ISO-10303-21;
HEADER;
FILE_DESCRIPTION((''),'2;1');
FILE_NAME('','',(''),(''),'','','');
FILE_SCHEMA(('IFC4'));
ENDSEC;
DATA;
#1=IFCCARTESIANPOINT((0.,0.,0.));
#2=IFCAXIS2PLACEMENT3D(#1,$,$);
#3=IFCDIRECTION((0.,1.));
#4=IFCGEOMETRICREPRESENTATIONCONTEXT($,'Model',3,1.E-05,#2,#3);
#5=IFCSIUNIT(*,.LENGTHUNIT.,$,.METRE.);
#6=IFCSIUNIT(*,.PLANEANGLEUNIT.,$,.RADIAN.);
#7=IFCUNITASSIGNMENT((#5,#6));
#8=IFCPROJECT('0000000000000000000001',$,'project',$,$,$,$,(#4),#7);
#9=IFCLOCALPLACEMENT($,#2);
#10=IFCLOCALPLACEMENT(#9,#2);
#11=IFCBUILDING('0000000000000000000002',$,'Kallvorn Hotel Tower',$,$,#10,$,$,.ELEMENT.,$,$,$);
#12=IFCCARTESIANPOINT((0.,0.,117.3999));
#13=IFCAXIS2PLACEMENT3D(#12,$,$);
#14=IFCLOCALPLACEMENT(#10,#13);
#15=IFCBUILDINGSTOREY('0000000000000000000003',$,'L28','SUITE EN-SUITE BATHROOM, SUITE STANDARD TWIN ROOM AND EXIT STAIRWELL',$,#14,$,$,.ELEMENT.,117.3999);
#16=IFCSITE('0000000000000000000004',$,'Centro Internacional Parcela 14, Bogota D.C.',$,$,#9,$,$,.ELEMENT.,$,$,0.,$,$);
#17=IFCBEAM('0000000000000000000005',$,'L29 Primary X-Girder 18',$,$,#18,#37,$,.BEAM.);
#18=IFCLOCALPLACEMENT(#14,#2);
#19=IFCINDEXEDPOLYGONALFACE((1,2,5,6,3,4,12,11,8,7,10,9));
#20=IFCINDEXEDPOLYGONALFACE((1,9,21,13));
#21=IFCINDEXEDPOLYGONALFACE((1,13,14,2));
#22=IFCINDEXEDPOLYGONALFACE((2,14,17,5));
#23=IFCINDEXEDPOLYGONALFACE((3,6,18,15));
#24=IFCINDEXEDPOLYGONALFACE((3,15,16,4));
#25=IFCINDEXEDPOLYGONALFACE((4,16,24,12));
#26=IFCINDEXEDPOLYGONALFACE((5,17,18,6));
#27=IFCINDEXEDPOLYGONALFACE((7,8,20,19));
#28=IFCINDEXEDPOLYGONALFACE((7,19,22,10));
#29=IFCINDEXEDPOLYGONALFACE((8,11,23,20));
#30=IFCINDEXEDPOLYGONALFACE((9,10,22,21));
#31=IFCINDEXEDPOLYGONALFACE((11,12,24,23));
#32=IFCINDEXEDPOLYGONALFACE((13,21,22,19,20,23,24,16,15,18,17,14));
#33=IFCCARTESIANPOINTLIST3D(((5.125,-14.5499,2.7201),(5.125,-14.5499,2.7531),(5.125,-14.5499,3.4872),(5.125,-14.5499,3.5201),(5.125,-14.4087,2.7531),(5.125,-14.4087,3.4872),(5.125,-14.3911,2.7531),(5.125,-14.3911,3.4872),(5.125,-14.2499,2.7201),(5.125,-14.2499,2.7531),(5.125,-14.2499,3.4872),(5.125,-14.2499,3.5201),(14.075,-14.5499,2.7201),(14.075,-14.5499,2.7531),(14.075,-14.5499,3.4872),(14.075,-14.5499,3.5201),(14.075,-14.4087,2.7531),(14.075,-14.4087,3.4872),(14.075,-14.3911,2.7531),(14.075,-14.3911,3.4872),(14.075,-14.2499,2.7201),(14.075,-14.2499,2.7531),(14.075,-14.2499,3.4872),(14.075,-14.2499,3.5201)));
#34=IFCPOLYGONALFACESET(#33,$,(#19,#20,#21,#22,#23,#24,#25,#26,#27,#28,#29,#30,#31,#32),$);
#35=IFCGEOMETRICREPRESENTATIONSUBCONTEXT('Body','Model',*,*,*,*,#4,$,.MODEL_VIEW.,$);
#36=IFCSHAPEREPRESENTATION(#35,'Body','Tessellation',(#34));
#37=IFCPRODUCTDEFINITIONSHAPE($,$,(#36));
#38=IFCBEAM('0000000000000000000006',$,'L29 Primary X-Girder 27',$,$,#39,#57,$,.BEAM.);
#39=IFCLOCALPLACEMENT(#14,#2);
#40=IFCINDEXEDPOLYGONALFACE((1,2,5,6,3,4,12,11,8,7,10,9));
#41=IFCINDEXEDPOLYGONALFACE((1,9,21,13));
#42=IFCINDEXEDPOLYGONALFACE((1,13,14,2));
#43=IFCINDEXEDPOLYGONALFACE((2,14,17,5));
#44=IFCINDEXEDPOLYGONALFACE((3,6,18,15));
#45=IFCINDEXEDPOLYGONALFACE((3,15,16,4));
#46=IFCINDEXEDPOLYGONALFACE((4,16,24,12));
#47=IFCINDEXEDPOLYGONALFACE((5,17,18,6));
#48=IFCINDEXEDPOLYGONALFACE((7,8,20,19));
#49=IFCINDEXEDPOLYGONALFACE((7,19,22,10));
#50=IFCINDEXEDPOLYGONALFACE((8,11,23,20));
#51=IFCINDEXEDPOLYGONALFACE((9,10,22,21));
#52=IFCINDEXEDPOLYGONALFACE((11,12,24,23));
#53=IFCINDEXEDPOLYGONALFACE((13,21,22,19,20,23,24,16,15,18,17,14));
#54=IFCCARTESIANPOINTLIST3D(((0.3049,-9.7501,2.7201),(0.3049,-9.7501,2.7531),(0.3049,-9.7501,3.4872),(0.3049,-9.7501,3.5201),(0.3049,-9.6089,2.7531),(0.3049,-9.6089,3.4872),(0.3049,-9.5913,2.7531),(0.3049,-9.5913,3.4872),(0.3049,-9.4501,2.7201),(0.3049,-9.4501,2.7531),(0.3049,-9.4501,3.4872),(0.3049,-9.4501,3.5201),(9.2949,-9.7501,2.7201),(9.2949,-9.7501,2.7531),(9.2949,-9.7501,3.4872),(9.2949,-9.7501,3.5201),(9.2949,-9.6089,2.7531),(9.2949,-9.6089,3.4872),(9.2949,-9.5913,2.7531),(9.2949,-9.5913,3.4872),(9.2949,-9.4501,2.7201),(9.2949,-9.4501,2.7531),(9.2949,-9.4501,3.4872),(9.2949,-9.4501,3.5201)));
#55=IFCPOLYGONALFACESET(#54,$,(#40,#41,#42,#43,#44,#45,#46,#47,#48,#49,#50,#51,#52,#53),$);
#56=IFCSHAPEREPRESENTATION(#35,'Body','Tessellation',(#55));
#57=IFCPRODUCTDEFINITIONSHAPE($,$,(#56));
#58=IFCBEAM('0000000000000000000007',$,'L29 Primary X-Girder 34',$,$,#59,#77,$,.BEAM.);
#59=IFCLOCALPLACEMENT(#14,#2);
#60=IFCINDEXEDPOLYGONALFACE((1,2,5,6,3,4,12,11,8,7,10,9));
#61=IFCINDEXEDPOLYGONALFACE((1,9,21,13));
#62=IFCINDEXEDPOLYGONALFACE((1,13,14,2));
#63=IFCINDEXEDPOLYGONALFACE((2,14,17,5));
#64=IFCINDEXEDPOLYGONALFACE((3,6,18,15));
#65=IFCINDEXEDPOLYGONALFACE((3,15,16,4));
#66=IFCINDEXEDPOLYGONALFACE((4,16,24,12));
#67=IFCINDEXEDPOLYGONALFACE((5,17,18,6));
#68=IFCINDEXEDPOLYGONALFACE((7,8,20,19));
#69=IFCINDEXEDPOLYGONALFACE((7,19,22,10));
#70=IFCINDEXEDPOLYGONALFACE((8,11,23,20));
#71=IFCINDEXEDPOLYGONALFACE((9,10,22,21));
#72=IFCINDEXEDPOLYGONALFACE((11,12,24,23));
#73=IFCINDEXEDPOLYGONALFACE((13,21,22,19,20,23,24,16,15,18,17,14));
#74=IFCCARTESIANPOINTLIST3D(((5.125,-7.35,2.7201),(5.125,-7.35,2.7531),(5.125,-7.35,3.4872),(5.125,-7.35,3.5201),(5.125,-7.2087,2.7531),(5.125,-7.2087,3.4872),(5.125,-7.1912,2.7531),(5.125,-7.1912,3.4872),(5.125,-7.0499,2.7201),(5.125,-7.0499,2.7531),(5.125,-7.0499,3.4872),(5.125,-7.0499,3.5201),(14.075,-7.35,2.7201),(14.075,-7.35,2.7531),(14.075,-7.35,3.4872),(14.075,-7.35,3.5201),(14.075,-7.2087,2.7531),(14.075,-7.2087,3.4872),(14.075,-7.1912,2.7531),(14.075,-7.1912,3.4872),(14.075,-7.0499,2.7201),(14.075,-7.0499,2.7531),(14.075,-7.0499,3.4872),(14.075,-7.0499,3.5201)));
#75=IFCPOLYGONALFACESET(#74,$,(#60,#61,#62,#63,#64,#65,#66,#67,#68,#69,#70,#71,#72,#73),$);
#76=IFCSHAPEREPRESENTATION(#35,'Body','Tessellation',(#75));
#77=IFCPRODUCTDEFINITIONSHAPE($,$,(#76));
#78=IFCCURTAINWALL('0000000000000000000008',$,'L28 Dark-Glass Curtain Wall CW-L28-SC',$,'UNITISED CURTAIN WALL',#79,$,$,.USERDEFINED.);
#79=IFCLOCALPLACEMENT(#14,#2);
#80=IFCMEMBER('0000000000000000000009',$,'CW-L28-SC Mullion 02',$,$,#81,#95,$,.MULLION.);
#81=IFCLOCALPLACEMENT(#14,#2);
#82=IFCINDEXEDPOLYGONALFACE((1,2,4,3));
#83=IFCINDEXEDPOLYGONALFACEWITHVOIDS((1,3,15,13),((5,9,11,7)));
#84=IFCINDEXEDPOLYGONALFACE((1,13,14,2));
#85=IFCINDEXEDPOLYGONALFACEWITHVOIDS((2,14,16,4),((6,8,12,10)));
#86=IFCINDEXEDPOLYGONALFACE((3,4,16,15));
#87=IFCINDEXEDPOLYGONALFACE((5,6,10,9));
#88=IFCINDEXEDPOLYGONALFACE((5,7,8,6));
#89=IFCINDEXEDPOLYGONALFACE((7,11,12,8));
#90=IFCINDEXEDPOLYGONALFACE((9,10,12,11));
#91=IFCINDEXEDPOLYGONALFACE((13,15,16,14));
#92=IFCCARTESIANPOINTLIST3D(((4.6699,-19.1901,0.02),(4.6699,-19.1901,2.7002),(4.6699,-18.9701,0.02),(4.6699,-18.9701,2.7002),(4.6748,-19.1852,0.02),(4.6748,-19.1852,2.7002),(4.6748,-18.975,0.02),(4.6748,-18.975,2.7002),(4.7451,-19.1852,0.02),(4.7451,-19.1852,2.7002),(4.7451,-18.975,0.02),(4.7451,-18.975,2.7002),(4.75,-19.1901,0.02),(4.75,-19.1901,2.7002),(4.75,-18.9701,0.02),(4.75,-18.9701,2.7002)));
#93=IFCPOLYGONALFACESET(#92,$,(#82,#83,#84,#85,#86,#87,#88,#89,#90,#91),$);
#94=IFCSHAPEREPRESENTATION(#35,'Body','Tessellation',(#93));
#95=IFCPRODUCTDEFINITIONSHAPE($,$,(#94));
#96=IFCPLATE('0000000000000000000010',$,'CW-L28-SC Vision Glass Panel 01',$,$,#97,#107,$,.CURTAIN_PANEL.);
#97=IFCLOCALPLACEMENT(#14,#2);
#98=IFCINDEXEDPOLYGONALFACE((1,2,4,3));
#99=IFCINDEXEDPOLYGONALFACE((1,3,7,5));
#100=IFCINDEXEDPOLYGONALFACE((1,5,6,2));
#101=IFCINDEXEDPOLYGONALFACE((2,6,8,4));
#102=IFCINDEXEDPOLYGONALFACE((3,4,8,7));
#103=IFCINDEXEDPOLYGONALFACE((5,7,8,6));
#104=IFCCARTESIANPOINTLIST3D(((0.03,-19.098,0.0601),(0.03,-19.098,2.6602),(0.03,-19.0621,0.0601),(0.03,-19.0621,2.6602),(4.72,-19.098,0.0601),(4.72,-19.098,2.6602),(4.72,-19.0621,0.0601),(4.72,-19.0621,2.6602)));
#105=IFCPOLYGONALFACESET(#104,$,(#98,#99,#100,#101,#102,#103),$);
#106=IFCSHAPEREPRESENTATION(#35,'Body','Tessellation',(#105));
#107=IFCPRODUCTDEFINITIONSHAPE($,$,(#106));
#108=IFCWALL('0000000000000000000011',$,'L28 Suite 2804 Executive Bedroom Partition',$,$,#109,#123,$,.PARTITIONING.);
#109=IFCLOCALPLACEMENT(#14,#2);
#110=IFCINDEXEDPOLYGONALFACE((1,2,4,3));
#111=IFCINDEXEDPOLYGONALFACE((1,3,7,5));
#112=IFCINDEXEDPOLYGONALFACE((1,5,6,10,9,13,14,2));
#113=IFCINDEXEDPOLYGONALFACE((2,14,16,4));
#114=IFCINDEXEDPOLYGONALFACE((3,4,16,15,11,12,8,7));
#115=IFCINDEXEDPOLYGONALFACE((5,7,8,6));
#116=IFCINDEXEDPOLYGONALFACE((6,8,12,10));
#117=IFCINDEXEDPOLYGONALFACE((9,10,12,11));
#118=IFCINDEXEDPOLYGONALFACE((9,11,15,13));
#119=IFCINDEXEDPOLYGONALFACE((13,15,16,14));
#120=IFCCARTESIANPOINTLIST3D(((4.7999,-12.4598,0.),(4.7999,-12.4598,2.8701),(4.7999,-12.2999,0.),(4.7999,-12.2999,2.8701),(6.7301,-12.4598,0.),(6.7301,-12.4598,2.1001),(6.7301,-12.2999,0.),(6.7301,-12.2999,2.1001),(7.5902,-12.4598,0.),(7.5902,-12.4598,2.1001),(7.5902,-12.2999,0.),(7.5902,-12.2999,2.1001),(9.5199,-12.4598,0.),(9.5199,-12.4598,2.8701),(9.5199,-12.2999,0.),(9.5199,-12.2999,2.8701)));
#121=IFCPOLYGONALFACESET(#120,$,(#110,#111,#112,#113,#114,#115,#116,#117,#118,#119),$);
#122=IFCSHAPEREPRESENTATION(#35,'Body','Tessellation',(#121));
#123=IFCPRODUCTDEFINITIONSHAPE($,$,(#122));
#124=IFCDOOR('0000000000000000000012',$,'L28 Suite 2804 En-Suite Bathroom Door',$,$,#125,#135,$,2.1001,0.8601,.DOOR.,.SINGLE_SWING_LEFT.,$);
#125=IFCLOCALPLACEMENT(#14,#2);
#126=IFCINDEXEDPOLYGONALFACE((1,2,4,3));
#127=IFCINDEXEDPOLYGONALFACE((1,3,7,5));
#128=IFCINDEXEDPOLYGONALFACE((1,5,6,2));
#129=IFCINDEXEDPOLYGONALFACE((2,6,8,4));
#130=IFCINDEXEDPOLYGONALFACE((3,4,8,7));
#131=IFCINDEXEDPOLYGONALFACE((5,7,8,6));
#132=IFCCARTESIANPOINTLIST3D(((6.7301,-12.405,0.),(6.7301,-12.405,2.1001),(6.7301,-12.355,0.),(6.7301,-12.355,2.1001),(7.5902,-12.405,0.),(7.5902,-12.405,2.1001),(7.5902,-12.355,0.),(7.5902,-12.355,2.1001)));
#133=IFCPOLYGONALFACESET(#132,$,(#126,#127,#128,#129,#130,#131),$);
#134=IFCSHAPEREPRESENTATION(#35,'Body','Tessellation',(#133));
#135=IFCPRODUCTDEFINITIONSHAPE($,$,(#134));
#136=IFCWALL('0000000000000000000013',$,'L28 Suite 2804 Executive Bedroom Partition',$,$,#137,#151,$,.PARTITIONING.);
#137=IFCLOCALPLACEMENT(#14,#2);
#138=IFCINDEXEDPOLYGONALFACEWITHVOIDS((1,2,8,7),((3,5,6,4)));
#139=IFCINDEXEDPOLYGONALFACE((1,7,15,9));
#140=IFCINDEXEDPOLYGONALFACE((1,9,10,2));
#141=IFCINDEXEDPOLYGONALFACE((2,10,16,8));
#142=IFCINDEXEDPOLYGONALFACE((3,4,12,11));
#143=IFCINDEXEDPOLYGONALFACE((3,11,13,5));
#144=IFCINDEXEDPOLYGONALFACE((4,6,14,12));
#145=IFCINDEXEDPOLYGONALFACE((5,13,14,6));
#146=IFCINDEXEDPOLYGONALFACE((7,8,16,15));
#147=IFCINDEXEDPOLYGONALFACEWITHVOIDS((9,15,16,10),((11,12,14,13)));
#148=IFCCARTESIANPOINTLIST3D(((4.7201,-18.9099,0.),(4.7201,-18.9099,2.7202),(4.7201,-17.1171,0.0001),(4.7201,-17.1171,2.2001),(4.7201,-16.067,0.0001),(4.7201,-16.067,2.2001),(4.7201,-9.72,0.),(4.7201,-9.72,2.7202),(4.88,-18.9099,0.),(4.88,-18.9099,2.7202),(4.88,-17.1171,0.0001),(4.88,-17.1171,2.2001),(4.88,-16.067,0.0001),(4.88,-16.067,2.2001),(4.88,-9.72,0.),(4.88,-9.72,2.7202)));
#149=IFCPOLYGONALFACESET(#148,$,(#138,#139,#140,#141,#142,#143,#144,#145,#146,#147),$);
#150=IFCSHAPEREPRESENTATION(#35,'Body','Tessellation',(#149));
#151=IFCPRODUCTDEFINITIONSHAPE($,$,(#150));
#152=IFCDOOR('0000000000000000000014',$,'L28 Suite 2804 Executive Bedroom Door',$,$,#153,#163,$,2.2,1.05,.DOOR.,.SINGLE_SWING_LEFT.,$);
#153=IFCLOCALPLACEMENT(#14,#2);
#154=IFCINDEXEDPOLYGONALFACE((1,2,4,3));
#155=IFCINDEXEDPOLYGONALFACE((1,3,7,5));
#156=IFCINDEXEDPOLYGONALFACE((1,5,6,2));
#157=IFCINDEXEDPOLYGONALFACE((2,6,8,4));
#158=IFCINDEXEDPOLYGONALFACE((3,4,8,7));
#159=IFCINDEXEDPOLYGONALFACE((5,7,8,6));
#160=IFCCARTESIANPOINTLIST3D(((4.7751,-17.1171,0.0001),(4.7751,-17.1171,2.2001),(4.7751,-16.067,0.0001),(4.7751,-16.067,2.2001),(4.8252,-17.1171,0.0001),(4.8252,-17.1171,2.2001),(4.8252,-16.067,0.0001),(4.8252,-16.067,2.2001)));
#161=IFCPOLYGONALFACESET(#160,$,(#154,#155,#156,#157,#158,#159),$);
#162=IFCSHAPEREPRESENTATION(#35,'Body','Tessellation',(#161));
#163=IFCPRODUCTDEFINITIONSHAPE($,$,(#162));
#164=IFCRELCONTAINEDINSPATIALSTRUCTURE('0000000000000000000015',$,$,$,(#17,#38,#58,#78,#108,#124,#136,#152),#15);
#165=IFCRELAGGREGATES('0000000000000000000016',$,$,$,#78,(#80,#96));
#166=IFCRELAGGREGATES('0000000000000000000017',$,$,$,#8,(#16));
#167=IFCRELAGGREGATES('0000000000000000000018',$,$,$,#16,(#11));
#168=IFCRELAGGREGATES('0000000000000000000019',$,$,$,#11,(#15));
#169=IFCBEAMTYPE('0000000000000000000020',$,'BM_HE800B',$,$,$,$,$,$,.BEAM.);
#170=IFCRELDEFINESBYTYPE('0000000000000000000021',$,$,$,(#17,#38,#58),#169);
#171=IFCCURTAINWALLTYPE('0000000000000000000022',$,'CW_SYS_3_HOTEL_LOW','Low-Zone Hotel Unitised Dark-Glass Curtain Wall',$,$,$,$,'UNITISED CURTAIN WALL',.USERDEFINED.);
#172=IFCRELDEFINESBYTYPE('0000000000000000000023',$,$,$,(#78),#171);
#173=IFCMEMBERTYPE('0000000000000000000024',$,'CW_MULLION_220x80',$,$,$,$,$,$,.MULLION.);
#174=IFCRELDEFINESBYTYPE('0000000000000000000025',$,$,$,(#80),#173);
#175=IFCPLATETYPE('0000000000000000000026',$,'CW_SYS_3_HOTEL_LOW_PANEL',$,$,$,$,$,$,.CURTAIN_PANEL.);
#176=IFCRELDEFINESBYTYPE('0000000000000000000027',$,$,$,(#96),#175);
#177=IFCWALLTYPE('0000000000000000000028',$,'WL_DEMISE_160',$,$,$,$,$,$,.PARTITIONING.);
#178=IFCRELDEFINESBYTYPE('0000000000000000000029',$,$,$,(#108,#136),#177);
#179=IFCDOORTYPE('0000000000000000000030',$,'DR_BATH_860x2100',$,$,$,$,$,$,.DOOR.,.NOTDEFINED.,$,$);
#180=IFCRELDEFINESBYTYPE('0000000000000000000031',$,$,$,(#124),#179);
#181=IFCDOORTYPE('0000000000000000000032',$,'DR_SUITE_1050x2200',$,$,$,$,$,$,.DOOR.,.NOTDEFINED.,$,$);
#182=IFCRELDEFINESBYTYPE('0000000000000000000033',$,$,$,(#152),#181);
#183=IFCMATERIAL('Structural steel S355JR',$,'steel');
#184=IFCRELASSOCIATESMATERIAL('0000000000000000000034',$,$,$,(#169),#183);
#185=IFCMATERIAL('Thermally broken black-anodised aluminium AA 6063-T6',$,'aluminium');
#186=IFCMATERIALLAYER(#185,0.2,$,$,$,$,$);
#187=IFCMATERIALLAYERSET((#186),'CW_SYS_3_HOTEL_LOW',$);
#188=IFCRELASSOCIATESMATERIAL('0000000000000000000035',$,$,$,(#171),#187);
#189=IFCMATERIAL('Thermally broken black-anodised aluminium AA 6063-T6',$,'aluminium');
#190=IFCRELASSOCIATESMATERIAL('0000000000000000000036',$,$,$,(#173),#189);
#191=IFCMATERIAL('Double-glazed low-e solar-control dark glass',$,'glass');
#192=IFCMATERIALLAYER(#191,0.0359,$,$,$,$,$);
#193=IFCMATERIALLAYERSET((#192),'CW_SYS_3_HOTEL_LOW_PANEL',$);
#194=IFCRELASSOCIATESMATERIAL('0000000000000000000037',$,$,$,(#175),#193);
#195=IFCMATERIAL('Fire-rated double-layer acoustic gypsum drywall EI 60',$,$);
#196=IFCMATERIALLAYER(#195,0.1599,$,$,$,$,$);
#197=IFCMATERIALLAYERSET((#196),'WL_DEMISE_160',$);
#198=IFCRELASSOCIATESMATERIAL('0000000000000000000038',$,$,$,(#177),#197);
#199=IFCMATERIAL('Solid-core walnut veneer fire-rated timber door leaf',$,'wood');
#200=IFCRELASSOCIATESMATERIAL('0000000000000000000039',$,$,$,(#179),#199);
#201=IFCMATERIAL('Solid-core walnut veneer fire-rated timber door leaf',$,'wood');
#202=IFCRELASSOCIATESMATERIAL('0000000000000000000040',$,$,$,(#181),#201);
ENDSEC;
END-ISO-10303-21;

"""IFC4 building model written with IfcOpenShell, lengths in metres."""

from ifc_helpers import new_model, si_unit, direction, frame, frame_2d, origin, origin_2d, place, context, subcontext, project, spatial, rectangle, hollow_rectangle, i_section, extrude, material, layer, layer_set, material_profile, profile_set, type_object, element, fill, aggregate, save


model = new_model("IFC4")

# Units and contexts
model_context = context("Model", 3, precision=1e-05, world=origin(), true_north=direction((0.0, 1.0)))
body_context = subcontext(model_context, "Body", "Model", "MODEL_VIEW")
ifc_project = project(units=[si_unit("LENGTHUNIT", "METRE"), si_unit("PLANEANGLEUNIT", "RADIAN")], contexts=[model_context])

# Site, building, storey
site_placement = place(None, origin())
site = spatial("IfcSite", under=ifc_project, at=site_placement, Name="Centro Internacional Parcela 14, Bogota D.C.", CompositionType="ELEMENT", RefElevation=0.0)
building_placement = place(site_placement, origin())
building = spatial("IfcBuilding", under=site, at=building_placement, Name="Kallvorn Hotel Tower", CompositionType="ELEMENT")
storey_placement = place(building_placement, frame((0.0, 0.0, 117.3999)))
storey = spatial("IfcBuildingStorey", under=building, at=storey_placement, Name="L28", Description="SUITE EN-SUITE BATHROOM, SUITE STANDARD TWIN ROOM AND EXIT STAIRWELL", CompositionType="ELEMENT", Elevation=117.3999)

# Beams
ifc_material_1 = material(Name="Structural steel S355JR", Category="steel")
ifc_material_profile_1 = material_profile(ifc_material_1, i_section(OverallWidth=0.3, OverallDepth=0.8, WebThickness=0.0176, FlangeThickness=0.033, at=origin_2d()), Name="HE 800 B")
ifc_profile_set_1 = profile_set([ifc_material_profile_1], Name="Structural steel S355JR")
beam_type_1 = type_object("IfcBeamType", Name="BM_HE800B", PredefinedType="BEAM", material=ifc_profile_set_1)
beam_1_placement = place(storey_placement, frame((5.125, -14.3999, 3.1201), z_axis=(1.0, 0.0, 0.0), x_axis=(0.0, 1.0, 0.0)))
element("IfcBeam", 1, at=beam_1_placement, inside=storey, type_object=beam_type_1, Name="L29 Primary X-Girder 18", PredefinedType="BEAM", context=body_context, shape_type="SweptSolid", body=[
    extrude(i_section(OverallWidth=0.3, OverallDepth=0.8, WebThickness=0.0176, FlangeThickness=0.033, at=origin_2d()), origin(), (0.0, 0.0, 1.0), 8.95),
])
beam_2_placement = place(storey_placement, frame((0.3049, -9.6001, 3.1201), z_axis=(1.0, 0.0, 0.0), x_axis=(0.0, 1.0, 0.0)))
element("IfcBeam", 2, at=beam_2_placement, inside=storey, type_object=beam_type_1, Name="L29 Primary X-Girder 27", PredefinedType="BEAM", context=body_context, shape_type="SweptSolid", body=[
    extrude(i_section(OverallWidth=0.3, OverallDepth=0.8, WebThickness=0.0176, FlangeThickness=0.033, at=origin_2d()), origin(), (0.0, 0.0, 1.0), 8.99),
])
beam_3_placement = place(storey_placement, frame((5.125, -7.2, 3.1201), z_axis=(1.0, 0.0, 0.0), x_axis=(0.0, 1.0, 0.0)))
element("IfcBeam", 3, at=beam_3_placement, inside=storey, type_object=beam_type_1, Name="L29 Primary X-Girder 34", PredefinedType="BEAM", context=body_context, shape_type="SweptSolid", body=[
    extrude(i_section(OverallWidth=0.3, OverallDepth=0.8, WebThickness=0.0176, FlangeThickness=0.033, at=origin_2d()), origin(), (0.0, 0.0, 1.0), 8.95),
])

# Curtain wall, member, plate
ifc_material_2 = material(Name="Thermally broken black-anodised aluminium AA 6063-T6", Category="aluminium")
ifc_layer_1 = layer(ifc_material_2, 0.2)
ifc_layer_set_1 = layer_set([ifc_layer_1], Name="CW_SYS_3_HOTEL_LOW")
curtain_wall_type = type_object("IfcCurtainWallType", Name="CW_SYS_3_HOTEL_LOW", Description="Low-Zone Hotel Unitised Dark-Glass Curtain Wall", ElementType="UNITISED CURTAIN WALL", PredefinedType="USERDEFINED", material=ifc_layer_set_1)
curtain_wall_placement = place(storey_placement, origin())
curtain_wall = element("IfcCurtainWall", 4, at=curtain_wall_placement, inside=storey, type_object=curtain_wall_type, Name="L28 Dark-Glass Curtain Wall CW-L28-SC", ObjectType="UNITISED CURTAIN WALL", PredefinedType="USERDEFINED")
ifc_material_3 = material(Name="Thermally broken black-anodised aluminium AA 6063-T6", Category="aluminium")
ifc_material_profile_2 = material_profile(ifc_material_3, hollow_rectangle(XDim=0.0801, YDim=0.22, WallThickness=0.0049, at=origin_2d()), Name="MUL 220x80")
ifc_profile_set_2 = profile_set([ifc_material_profile_2], Name="Thermally broken black-anodised aluminium AA 6063-T6")
member_type = type_object("IfcMemberType", Name="CW_MULLION_220x80", PredefinedType="MULLION", material=ifc_profile_set_2)
member_placement = place(storey_placement, frame((4.71, -19.0801, 0.02), z_axis=(0.0, 0.0, 1.0), x_axis=(1.0, 0.0, 0.0)))
member = element("IfcMember", 5, at=member_placement, type_object=member_type, Name="CW-L28-SC Mullion 02", PredefinedType="MULLION", context=body_context, shape_type="SweptSolid", body=[
    extrude(hollow_rectangle(XDim=0.0801, YDim=0.22, WallThickness=0.0049, at=origin_2d()), origin(), (0.0, 0.0, 1.0), 2.6802),
])
ifc_material_4 = material(Name="Double-glazed low-e solar-control dark glass", Category="glass")
ifc_layer_2 = layer(ifc_material_4, 0.0359)
ifc_layer_set_2 = layer_set([ifc_layer_2], Name="CW_SYS_3_HOTEL_LOW_PANEL")
plate_type = type_object("IfcPlateType", Name="CW_SYS_3_HOTEL_LOW_PANEL", PredefinedType="CURTAIN_PANEL", material=ifc_layer_set_2)
plate_placement = place(storey_placement, frame((2.375, -19.0801, 0.0601), z_axis=(0.0, 0.0, 1.0), x_axis=(1.0, 0.0, 0.0)))
plate = element("IfcPlate", 6, at=plate_placement, type_object=plate_type, Name="CW-L28-SC Vision Glass Panel 01", PredefinedType="CURTAIN_PANEL", context=body_context, shape_type="SweptSolid", body=[
    extrude(rectangle(XDim=4.6899, YDim=0.0359, at=origin_2d()), origin(), (0.0, 0.0, 1.0), 2.6001),
])
aggregate(curtain_wall, [member, plate])

# Walls, openings, doors
ifc_material_5 = material(Name="Fire-rated double-layer acoustic gypsum drywall EI 60")
ifc_layer_3 = layer(ifc_material_5, 0.1599)
ifc_layer_set_3 = layer_set([ifc_layer_3], Name="WL_DEMISE_160")
wall_type_1 = type_object("IfcWallType", Name="WL_DEMISE_160", PredefinedType="PARTITIONING", material=ifc_layer_set_3)
wall_1_placement = place(storey_placement, frame((4.8, -12.3799, 0.0), z_axis=(0.0, 0.0, 1.0), x_axis=(1.0, 0.0, 0.0)))
wall_1 = element("IfcWall", 7, at=wall_1_placement, inside=storey, type_object=wall_type_1, Name="L28 Suite 2804 Executive Bedroom Partition", PredefinedType="PARTITIONING", context=body_context, shape_type="SweptSolid", body=[
    extrude(rectangle(XDim=4.72, YDim=0.1599, at=frame_2d((2.3599, 0.0))), origin(), (0.0, 0.0, 1.0), 2.8701),
])
opening_1_placement = place(wall_1_placement, frame((1.9299, 0.0, 0.0)))
opening_1 = element("IfcOpeningElement", 8, at=opening_1_placement, cuts=wall_1, PredefinedType="OPENING", context=body_context, shape_type="SweptSolid", body=[
    extrude(rectangle(XDim=0.8601, YDim=2.1001, at=frame_2d((0.4302, 1.05))), frame((0.0, 0.095, 0.0), z_axis=(0.0, -1.0, 0.0), x_axis=(1.0, 0.0, 0.0)), (0.0, 0.0, 1.0), 0.1899),
])
ifc_material_6 = material(Name="Solid-core walnut veneer fire-rated timber door leaf", Category="wood")
door_type_1 = type_object("IfcDoorType", Name="DR_BATH_860x2100", OperationType="NOTDEFINED", PredefinedType="DOOR", material=ifc_material_6)
door_1_placement = place(opening_1_placement, origin())
door_1 = element("IfcDoor", 9, at=door_1_placement, inside=storey, type_object=door_type_1, Name="L28 Suite 2804 En-Suite Bathroom Door", OperationType="SINGLE_SWING_LEFT", OverallHeight=2.1001, OverallWidth=0.8601, PredefinedType="DOOR", context=body_context, shape_type="SweptSolid", body=[
    extrude(rectangle(XDim=0.8601, YDim=2.1001, at=frame_2d((0.4302, 1.05))), frame((0.0, 0.0249, 0.0), z_axis=(0.0, -1.0, 0.0), x_axis=(1.0, 0.0, 0.0)), (0.0, 0.0, 1.0), 0.05),
])
fill(opening_1, door_1)
wall_2_placement = place(storey_placement, frame((4.8, -18.9099, 0.0), z_axis=(0.0, 0.0, 1.0), x_axis=(0.0, 1.0, 0.0)))
wall_2 = element("IfcWall", 10, at=wall_2_placement, inside=storey, type_object=wall_type_1, Name="L28 Suite 2804 Executive Bedroom Partition", PredefinedType="PARTITIONING", context=body_context, shape_type="SweptSolid", body=[
    extrude(rectangle(XDim=9.1899, YDim=0.1599, at=frame_2d((4.595, 0.0))), origin(), (0.0, 0.0, 1.0), 2.7202),
])
opening_2_placement = place(wall_2_placement, frame((1.793, 0.0, 0.0)))
opening_2 = element("IfcOpeningElement", 11, at=opening_2_placement, cuts=wall_2, PredefinedType="OPENING", context=body_context, shape_type="SweptSolid", body=[
    extrude(rectangle(XDim=1.05, YDim=2.2, at=frame_2d((0.5249, 1.1001))), frame((0.0, 0.095, 0.0), z_axis=(0.0, -1.0, 0.0), x_axis=(1.0, 0.0, 0.0)), (0.0, 0.0, 1.0), 0.1899),
])
ifc_material_7 = material(Name="Solid-core walnut veneer fire-rated timber door leaf", Category="wood")
door_type_2 = type_object("IfcDoorType", Name="DR_SUITE_1050x2200", OperationType="NOTDEFINED", PredefinedType="DOOR", material=ifc_material_7)
door_2_placement = place(opening_2_placement, origin())
door_2 = element("IfcDoor", 12, at=door_2_placement, inside=storey, type_object=door_type_2, Name="L28 Suite 2804 Executive Bedroom Door", OperationType="SINGLE_SWING_LEFT", OverallHeight=2.2, OverallWidth=1.05, PredefinedType="DOOR", context=body_context, shape_type="SweptSolid", body=[
    extrude(rectangle(XDim=1.05, YDim=2.2, at=frame_2d((0.5249, 1.1001))), frame((0.0, 0.0249, 0.0), z_axis=(0.0, -1.0, 0.0), x_axis=(1.0, 0.0, 0.0)), (0.0, 0.0, 1.0), 0.05),
])
fill(opening_2, door_2)

save(model, "model.ifc")
